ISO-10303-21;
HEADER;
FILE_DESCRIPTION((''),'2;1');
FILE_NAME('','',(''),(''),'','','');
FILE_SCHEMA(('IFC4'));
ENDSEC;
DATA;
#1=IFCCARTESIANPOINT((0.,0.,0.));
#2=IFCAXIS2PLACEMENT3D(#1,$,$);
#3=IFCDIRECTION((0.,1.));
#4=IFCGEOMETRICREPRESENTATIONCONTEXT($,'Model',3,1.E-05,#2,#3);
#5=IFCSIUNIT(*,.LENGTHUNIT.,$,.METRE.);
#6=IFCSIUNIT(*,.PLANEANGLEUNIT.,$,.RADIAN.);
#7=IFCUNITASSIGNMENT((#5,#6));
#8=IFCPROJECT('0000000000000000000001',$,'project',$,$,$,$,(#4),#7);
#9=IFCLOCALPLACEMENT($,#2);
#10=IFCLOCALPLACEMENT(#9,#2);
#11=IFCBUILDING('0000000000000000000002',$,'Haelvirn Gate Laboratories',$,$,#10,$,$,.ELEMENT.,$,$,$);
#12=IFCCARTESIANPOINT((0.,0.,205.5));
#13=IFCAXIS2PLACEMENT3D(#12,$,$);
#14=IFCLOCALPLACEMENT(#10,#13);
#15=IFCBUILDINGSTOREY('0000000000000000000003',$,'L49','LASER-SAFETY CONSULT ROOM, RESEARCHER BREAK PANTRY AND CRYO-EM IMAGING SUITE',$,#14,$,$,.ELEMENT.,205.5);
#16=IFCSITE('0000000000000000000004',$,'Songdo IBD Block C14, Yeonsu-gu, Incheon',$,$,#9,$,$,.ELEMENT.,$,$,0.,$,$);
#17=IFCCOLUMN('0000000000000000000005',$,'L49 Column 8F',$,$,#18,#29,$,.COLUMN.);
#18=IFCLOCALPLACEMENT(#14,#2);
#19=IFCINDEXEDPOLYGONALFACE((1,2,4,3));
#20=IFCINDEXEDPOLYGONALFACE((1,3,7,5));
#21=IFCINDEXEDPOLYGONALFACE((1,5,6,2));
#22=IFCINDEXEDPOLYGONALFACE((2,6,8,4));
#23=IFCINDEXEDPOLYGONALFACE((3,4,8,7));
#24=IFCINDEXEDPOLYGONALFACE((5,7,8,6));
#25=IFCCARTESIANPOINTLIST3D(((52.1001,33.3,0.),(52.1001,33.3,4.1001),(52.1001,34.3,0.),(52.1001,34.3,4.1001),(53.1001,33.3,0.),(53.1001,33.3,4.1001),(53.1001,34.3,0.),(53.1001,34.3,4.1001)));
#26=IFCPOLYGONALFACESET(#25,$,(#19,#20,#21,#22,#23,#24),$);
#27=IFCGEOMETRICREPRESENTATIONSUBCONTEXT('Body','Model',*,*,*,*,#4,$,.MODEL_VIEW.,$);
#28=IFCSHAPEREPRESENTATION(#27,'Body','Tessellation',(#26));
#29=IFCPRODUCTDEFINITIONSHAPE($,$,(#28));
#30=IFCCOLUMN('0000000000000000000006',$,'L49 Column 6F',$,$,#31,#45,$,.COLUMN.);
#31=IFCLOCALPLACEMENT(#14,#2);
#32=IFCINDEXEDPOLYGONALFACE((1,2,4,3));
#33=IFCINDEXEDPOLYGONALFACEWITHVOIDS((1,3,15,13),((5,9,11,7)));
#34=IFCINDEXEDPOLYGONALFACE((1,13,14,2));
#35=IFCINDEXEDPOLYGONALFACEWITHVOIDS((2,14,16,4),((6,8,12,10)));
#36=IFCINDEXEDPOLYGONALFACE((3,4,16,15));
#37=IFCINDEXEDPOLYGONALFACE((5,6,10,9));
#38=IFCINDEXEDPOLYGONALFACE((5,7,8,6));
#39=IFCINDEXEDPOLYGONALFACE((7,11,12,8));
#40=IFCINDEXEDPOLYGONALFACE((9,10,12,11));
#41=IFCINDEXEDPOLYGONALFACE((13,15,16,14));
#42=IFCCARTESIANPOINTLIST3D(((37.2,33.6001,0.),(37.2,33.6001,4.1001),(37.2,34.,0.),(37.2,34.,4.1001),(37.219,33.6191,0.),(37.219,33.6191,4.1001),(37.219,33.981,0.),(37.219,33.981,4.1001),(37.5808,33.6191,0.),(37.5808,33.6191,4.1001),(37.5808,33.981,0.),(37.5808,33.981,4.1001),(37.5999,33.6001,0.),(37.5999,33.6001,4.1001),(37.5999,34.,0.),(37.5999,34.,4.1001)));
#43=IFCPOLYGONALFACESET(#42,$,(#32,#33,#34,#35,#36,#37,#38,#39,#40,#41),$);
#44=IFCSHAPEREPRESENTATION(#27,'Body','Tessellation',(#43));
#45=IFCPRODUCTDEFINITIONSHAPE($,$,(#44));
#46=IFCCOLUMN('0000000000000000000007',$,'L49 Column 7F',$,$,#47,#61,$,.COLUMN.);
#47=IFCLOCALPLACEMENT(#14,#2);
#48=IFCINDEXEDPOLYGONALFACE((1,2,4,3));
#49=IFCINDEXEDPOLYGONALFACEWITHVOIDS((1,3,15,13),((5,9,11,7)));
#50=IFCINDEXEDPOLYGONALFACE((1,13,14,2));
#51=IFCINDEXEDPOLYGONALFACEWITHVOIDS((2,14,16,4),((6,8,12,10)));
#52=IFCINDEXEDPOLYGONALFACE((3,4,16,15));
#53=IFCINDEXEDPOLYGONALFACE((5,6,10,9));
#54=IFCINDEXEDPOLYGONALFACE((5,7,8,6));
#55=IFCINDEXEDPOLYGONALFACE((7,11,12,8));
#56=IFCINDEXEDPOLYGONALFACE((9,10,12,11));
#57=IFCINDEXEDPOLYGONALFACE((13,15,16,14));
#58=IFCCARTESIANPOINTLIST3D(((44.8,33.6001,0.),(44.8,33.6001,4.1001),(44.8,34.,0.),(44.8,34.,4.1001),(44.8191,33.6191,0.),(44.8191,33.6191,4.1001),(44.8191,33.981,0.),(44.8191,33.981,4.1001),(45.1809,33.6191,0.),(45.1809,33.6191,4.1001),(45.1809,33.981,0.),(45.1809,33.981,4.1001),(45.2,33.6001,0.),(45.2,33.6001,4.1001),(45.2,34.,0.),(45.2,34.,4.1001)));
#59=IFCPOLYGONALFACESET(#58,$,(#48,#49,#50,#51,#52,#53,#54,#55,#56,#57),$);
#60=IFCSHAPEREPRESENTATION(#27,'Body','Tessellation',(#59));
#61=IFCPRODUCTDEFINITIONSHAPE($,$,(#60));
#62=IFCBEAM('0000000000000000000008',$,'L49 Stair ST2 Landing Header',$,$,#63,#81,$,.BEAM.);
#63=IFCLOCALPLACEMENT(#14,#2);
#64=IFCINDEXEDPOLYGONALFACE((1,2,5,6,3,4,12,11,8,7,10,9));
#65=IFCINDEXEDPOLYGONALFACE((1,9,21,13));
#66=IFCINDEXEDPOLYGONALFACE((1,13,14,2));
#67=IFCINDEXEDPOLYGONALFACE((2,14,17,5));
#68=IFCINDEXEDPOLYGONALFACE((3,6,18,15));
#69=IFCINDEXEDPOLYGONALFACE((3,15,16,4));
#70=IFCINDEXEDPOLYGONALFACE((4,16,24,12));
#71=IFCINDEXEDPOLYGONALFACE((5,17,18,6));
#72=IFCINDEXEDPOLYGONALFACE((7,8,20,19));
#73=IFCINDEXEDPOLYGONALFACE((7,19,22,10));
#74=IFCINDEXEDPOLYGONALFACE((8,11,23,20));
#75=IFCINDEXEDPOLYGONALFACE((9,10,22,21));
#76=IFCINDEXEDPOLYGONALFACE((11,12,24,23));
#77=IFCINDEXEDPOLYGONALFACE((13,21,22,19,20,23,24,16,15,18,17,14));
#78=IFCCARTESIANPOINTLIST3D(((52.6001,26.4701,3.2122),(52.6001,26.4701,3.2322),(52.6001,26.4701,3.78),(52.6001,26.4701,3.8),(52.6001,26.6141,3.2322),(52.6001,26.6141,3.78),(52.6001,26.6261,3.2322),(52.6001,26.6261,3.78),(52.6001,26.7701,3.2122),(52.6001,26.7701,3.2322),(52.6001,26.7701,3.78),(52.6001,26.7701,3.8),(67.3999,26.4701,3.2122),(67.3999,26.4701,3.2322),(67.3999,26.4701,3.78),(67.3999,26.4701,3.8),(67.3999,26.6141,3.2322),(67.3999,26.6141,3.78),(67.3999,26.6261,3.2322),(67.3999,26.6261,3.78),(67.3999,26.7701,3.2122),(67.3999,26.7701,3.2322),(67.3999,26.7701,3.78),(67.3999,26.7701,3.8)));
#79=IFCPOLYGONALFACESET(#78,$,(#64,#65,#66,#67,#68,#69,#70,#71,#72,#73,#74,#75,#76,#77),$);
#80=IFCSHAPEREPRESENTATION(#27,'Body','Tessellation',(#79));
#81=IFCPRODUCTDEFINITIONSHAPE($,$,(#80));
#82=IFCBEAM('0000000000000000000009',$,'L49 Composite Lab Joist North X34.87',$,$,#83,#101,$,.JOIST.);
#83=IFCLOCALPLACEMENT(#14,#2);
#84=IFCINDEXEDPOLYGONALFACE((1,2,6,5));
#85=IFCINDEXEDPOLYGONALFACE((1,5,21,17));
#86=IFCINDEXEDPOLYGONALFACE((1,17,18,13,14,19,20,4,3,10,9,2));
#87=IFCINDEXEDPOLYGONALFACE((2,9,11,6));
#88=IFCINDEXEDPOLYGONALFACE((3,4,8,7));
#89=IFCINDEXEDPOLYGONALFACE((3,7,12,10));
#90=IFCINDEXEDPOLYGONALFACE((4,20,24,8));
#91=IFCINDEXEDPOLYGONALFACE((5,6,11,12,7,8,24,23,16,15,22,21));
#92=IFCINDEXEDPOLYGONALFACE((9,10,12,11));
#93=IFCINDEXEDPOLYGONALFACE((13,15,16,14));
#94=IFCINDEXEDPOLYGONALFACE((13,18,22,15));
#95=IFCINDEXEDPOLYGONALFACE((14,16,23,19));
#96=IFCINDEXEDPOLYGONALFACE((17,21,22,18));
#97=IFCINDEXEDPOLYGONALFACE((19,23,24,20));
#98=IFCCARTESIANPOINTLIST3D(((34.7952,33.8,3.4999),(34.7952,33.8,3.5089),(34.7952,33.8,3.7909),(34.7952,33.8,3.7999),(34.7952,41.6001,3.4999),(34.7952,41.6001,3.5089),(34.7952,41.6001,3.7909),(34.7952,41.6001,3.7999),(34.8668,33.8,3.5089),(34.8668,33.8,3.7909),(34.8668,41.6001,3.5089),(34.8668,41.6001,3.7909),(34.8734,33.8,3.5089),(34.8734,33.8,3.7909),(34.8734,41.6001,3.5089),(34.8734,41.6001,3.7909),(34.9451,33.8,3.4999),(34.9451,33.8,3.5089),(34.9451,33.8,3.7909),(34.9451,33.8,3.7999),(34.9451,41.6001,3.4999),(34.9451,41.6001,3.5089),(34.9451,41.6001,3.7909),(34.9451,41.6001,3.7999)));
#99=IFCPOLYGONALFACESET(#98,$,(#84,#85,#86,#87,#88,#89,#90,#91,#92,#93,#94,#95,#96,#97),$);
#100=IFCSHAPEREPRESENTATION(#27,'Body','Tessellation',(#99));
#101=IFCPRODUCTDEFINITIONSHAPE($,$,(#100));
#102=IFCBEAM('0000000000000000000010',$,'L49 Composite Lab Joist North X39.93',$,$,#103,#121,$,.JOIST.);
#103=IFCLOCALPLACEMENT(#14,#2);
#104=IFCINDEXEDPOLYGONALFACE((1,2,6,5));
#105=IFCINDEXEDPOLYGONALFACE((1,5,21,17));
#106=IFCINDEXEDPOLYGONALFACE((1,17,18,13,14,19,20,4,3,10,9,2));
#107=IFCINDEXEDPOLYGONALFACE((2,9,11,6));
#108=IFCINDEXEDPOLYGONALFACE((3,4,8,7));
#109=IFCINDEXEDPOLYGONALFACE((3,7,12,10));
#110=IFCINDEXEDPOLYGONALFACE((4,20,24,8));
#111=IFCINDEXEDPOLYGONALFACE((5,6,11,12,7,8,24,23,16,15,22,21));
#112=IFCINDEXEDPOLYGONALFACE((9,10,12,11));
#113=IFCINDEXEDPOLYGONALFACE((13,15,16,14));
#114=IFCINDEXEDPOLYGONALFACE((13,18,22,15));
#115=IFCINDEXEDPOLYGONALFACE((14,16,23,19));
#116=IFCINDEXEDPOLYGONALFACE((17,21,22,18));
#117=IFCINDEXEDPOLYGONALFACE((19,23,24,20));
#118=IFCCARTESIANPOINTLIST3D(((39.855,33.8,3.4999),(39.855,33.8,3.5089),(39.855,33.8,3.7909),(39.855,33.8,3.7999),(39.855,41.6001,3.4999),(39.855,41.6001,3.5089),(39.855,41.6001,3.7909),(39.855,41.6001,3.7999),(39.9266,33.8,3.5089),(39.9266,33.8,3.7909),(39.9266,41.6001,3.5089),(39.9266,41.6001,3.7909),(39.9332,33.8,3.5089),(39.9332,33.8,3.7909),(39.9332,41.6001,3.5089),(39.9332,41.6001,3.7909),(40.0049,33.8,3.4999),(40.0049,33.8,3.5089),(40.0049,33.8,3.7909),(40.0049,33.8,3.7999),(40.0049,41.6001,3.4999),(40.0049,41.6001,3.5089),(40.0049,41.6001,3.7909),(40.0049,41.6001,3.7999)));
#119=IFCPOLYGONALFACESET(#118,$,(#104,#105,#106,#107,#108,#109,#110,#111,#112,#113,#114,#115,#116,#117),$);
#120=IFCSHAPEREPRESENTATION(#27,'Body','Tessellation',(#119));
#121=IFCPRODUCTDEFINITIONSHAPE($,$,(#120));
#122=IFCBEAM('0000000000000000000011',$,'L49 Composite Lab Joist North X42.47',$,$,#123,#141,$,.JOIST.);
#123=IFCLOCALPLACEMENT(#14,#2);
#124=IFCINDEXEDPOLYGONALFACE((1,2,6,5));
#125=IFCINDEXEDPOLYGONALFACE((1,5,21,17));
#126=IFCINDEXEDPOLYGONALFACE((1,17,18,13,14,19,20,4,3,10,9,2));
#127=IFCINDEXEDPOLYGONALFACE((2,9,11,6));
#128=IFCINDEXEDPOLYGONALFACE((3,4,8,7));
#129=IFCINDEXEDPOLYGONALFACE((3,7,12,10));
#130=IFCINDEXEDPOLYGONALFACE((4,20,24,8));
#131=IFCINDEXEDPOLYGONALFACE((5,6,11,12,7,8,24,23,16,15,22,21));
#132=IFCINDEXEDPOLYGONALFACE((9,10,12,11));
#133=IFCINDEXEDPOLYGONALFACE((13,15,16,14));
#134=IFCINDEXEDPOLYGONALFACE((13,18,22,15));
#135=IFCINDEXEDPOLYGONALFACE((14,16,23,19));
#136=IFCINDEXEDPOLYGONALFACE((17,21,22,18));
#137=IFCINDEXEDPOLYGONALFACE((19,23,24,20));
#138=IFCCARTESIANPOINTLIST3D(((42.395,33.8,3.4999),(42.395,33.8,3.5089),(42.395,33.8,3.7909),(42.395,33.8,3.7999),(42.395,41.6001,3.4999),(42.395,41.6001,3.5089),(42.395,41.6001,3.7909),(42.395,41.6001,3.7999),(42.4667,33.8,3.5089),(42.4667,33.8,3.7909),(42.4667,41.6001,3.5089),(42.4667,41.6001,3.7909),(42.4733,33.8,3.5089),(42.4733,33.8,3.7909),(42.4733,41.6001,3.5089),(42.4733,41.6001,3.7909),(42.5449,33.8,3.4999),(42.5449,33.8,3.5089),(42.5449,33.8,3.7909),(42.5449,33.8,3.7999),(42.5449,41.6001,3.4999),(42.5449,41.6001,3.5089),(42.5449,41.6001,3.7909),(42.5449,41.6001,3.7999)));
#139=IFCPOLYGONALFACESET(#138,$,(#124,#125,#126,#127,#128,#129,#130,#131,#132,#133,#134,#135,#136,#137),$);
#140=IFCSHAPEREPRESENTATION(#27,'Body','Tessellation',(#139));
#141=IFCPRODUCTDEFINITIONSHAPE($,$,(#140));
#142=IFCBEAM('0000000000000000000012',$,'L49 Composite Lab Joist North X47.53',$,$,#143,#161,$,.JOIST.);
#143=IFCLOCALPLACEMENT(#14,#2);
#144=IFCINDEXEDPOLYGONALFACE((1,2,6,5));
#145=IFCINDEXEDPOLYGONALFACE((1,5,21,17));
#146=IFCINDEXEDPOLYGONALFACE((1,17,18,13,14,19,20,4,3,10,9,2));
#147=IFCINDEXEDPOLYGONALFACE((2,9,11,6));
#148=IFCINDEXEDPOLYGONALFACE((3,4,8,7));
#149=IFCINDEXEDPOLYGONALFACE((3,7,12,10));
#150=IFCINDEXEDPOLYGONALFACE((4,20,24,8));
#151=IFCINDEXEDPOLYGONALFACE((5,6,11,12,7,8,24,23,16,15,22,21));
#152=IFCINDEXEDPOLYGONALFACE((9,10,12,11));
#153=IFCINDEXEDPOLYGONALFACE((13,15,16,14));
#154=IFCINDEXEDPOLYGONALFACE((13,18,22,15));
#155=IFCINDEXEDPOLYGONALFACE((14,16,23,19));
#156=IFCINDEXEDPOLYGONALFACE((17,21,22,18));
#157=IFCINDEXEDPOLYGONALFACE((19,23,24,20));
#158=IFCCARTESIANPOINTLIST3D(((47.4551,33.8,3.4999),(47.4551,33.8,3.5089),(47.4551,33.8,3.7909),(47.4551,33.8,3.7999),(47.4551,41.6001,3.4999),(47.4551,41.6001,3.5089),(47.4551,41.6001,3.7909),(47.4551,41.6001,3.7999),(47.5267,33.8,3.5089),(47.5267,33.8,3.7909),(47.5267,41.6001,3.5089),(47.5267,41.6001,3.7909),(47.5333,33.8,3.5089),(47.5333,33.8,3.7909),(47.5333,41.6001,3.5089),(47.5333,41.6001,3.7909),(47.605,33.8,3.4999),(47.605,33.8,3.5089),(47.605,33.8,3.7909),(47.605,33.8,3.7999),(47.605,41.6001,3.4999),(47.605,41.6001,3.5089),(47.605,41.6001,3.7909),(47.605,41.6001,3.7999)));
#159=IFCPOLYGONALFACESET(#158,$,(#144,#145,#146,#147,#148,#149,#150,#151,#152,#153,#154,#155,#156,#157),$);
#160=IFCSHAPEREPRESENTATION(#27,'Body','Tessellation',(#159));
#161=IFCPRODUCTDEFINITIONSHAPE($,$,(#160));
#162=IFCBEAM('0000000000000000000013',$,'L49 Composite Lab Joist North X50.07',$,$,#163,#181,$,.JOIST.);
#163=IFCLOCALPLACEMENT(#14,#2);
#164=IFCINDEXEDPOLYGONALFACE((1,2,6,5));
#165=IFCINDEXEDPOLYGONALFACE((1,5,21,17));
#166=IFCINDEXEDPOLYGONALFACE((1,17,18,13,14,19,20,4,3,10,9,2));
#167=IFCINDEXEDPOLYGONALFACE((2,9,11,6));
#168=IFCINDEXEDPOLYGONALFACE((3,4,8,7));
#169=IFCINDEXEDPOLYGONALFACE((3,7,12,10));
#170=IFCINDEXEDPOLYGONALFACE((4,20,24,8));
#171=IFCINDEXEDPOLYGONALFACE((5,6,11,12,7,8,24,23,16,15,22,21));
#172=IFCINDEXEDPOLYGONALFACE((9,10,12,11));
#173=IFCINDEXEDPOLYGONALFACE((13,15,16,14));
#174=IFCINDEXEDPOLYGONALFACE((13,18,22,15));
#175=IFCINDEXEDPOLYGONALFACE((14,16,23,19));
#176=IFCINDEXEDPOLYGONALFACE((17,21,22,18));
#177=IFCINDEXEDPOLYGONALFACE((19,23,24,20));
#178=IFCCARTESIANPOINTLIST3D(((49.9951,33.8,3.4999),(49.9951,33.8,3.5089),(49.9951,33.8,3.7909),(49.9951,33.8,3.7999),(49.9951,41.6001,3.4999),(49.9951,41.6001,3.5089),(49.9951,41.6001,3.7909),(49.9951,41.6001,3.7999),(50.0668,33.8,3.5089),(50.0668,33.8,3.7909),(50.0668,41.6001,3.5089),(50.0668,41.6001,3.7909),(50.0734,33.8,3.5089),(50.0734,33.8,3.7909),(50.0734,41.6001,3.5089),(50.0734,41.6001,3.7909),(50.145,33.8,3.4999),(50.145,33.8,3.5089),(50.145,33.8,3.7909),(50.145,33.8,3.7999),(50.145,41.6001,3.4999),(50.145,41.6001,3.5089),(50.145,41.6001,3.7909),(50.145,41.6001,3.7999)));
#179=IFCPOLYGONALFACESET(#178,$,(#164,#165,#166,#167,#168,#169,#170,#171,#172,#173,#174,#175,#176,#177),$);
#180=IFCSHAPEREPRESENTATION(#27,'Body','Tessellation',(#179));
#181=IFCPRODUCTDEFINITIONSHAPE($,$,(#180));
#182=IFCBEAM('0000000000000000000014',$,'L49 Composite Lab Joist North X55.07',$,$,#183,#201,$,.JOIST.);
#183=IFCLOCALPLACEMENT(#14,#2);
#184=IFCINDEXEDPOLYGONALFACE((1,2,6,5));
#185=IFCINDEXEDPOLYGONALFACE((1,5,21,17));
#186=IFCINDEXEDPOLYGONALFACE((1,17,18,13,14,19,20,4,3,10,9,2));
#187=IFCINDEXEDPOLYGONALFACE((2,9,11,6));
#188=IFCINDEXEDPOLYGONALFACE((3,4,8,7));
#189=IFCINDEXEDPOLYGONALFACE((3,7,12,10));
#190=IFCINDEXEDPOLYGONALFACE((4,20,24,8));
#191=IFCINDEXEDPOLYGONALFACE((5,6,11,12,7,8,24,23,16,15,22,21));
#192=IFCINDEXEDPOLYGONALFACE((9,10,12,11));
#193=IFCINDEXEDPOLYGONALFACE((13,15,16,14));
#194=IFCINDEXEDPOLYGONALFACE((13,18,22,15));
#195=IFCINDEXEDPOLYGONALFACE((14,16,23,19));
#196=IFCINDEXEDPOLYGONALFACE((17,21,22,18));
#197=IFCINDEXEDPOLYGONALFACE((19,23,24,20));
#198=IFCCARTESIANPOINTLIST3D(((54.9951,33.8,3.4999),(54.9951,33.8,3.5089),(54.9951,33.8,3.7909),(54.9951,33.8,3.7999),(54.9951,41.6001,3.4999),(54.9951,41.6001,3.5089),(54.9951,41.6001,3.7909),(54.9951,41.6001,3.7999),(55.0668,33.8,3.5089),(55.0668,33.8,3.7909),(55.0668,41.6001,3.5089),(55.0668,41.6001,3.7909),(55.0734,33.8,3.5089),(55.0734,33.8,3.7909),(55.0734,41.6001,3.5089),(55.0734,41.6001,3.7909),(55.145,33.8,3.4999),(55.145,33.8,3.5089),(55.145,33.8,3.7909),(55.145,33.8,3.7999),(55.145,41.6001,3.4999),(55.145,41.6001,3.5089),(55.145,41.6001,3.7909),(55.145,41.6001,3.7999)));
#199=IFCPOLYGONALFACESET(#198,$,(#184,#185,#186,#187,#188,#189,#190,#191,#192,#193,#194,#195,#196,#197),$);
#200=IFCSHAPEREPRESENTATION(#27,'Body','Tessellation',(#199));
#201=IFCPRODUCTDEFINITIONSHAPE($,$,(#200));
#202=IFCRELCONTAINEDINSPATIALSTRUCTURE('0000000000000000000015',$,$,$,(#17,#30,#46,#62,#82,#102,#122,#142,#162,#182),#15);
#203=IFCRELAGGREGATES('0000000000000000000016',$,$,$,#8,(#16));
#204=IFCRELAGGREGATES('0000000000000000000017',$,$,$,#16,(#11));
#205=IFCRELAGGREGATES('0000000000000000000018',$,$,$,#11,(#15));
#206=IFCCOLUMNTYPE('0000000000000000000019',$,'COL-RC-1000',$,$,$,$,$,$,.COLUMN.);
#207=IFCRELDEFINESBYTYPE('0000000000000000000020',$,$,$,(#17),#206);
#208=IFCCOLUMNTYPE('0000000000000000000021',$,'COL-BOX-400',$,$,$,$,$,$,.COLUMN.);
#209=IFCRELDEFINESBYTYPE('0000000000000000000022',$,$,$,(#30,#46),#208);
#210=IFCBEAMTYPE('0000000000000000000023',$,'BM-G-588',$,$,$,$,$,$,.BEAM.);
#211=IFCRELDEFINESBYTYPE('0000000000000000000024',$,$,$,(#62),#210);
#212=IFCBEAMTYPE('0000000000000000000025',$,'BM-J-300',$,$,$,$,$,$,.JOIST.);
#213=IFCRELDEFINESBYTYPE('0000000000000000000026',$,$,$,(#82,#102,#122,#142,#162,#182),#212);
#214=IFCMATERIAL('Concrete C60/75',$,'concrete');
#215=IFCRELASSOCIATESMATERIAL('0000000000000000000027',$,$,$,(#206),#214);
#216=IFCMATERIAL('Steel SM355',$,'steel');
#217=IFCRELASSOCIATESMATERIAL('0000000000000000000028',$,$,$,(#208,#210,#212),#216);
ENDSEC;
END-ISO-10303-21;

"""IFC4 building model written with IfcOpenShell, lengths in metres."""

from ifc_helpers import new_model, si_unit, direction, frame, origin, origin_2d, place, context, subcontext, project, spatial, rectangle, hollow_rectangle, i_section, extrude, source, transform, mapped, material, material_profile, profile_set, type_object, type_shapes, element, save


model = new_model("IFC4")

# Units and contexts
model_context = context("Model", 3, precision=1e-05, world=origin(), true_north=direction((0.0, 1.0)))
body_context = subcontext(model_context, "Body", "Model", "MODEL_VIEW")
ifc_project = project(units=[si_unit("LENGTHUNIT", "METRE"), si_unit("PLANEANGLEUNIT", "RADIAN")], contexts=[model_context])

# Site, building, storey
site_placement = place(None, origin())
site = spatial("IfcSite", under=ifc_project, at=site_placement, Name="Songdo IBD Block C14, Yeonsu-gu, Incheon", CompositionType="ELEMENT", RefElevation=0.0)
building_placement = place(site_placement, origin())
building = spatial("IfcBuilding", under=site, at=building_placement, Name="Haelvirn Gate Laboratories", CompositionType="ELEMENT")
storey_placement = place(building_placement, frame((0.0, 0.0, 205.5)))
storey = spatial("IfcBuildingStorey", under=building, at=storey_placement, Name="L49", Description="LASER-SAFETY CONSULT ROOM, RESEARCHER BREAK PANTRY AND CRYO-EM IMAGING SUITE", CompositionType="ELEMENT", Elevation=205.5)

# Columns
ifc_material_1 = material(Name="Concrete C60/75", Category="concrete")
ifc_material_profile_1 = material_profile(ifc_material_1, rectangle(XDim=1.0, YDim=1.0, at=origin_2d()), Name="RC-1000x1000")
ifc_profile_set_1 = profile_set([ifc_material_profile_1], Name="Concrete C60/75")
column_type_1 = type_object("IfcColumnType", Name="COL-RC-1000", PredefinedType="COLUMN", material=ifc_profile_set_1)
shared_shape_1 = source(origin(), body_context, "Body", "SweptSolid", [
    extrude(rectangle(XDim=1.0, YDim=1.0, at=origin_2d()), origin(), (0.0, 0.0, 1.0), 4.1001),
])
type_shapes(column_type_1, [shared_shape_1])
column_placement = place(storey_placement, frame((52.6001, 33.8, 0.0), z_axis=(0.0, 0.0, 1.0), x_axis=(1.0, 0.0, 0.0)))
element("IfcColumn", 1, at=column_placement, inside=storey, type_object=column_type_1, Name="L49 Column 8F", PredefinedType="COLUMN", context=body_context, shape_type="MappedRepresentation", body=[
    mapped(shared_shape_1, transform((0.0, 0.0, 0.0), scale=1.0)),
])
ifc_material_2 = material(Name="Steel SM355", Category="steel")
ifc_material_profile_2 = material_profile(ifc_material_2, hollow_rectangle(XDim=0.3999, YDim=0.3999, WallThickness=0.019, at=origin_2d()), Name="BOX-400x400x19")
ifc_profile_set_2 = profile_set([ifc_material_profile_2], Name="Steel SM355")
column_type_2 = type_object("IfcColumnType", Name="COL-BOX-400", PredefinedType="COLUMN", material=ifc_profile_set_2)
shared_shape_2 = source(origin(), body_context, "Body", "SweptSolid", [
    extrude(hollow_rectangle(XDim=0.3999, YDim=0.3999, WallThickness=0.019, at=origin_2d()), origin(), (0.0, 0.0, 1.0), 4.1001),
])
type_shapes(column_type_2, [shared_shape_2])
for number, where, z_axis, x_axis, name in (
    (2, (37.3999, 33.8, 0.0), (0.0, 0.0, 1.0), (1.0, 0.0, 0.0), "L49 Column 6F"),
    (3, (45.0, 33.8, 0.0), (0.0, 0.0, 1.0), (1.0, 0.0, 0.0), "L49 Column 7F"),
):
    element("IfcColumn", number, at=place(storey_placement, frame(where, z_axis=z_axis, x_axis=x_axis)), inside=storey, type_object=column_type_2, Name=name, PredefinedType="COLUMN", context=body_context, shape_type="MappedRepresentation", body=[
        mapped(shared_shape_2, transform((0.0, 0.0, 0.0), scale=1.0)),
    ])

# Beams
ifc_material_profile_3 = material_profile(ifc_material_2, i_section(OverallWidth=0.3, OverallDepth=0.5879, WebThickness=0.012, FlangeThickness=0.02, at=origin_2d()), Name="H-588x300x12x20")
ifc_profile_set_3 = profile_set([ifc_material_profile_3], Name="Steel SM355")
beam_type_1 = type_object("IfcBeamType", Name="BM-G-588", PredefinedType="BEAM", material=ifc_profile_set_3)
shared_shape_3 = source(origin(), body_context, "Body", "SweptSolid", [
    extrude(i_section(OverallWidth=0.3, OverallDepth=0.5879, WebThickness=0.012, FlangeThickness=0.02, at=origin_2d()), origin(), (0.0, 0.0, 1.0), 14.7998),
])
beam_1_placement = place(storey_placement, frame((52.6001, 26.6201, 3.5061), z_axis=(1.0, 0.0, 0.0), x_axis=(0.0, 1.0, 0.0)))
element("IfcBeam", 4, at=beam_1_placement, inside=storey, type_object=beam_type_1, Name="L49 Stair ST2 Landing Header", PredefinedType="BEAM", context=body_context, shape_type="MappedRepresentation", body=[
    mapped(shared_shape_3, transform((0.0, 0.0, 0.0), scale=1.0)),
])
ifc_material_profile_4 = material_profile(ifc_material_2, i_section(OverallWidth=0.1499, OverallDepth=0.3, WebThickness=0.0066, FlangeThickness=0.009, at=origin_2d()), Name="H-300x150x6.5x9")
ifc_profile_set_4 = profile_set([ifc_material_profile_4], Name="Steel SM355")
beam_type_2 = type_object("IfcBeamType", Name="BM-J-300", PredefinedType="JOIST", material=ifc_profile_set_4)
shared_shape_4 = source(origin(), body_context, "Body", "SweptSolid", [
    extrude(i_section(OverallWidth=0.1499, OverallDepth=0.3, WebThickness=0.0066, FlangeThickness=0.009, at=origin_2d()), origin(), (0.0, 0.0, 1.0), 7.8),
])
type_shapes(beam_type_2, [shared_shape_4])
for number, where, z_axis, x_axis, name in (
    (5, (34.8701, 33.8, 3.6499), (0.0, 1.0, 0.0), (-1.0, 0.0, 0.0), "L49 Composite Lab Joist North X34.87"),
    (6, (39.9299, 33.8, 3.6499), (0.0, 1.0, 0.0), (-1.0, 0.0, 0.0), "L49 Composite Lab Joist North X39.93"),
    (7, (42.47, 33.8, 3.6499), (0.0, 1.0, 0.0), (-1.0, 0.0, 0.0), "L49 Composite Lab Joist North X42.47"),
    (8, (47.53, 33.8, 3.6499), (0.0, 1.0, 0.0), (-1.0, 0.0, 0.0), "L49 Composite Lab Joist North X47.53"),
    (9, (50.0701, 33.8, 3.6499), (0.0, 1.0, 0.0), (-1.0, 0.0, 0.0), "L49 Composite Lab Joist North X50.07"),
    (10, (55.0701, 33.8, 3.6499), (0.0, 1.0, 0.0), (-1.0, 0.0, 0.0), "L49 Composite Lab Joist North X55.07"),
):
    element("IfcBeam", number, at=place(storey_placement, frame(where, z_axis=z_axis, x_axis=x_axis)), inside=storey, type_object=beam_type_2, Name=name, PredefinedType="JOIST", context=body_context, shape_type="MappedRepresentation", body=[
        mapped(shared_shape_4, transform((0.0, 0.0, 0.0), scale=1.0)),
    ])

save(model, "model.ifc")
